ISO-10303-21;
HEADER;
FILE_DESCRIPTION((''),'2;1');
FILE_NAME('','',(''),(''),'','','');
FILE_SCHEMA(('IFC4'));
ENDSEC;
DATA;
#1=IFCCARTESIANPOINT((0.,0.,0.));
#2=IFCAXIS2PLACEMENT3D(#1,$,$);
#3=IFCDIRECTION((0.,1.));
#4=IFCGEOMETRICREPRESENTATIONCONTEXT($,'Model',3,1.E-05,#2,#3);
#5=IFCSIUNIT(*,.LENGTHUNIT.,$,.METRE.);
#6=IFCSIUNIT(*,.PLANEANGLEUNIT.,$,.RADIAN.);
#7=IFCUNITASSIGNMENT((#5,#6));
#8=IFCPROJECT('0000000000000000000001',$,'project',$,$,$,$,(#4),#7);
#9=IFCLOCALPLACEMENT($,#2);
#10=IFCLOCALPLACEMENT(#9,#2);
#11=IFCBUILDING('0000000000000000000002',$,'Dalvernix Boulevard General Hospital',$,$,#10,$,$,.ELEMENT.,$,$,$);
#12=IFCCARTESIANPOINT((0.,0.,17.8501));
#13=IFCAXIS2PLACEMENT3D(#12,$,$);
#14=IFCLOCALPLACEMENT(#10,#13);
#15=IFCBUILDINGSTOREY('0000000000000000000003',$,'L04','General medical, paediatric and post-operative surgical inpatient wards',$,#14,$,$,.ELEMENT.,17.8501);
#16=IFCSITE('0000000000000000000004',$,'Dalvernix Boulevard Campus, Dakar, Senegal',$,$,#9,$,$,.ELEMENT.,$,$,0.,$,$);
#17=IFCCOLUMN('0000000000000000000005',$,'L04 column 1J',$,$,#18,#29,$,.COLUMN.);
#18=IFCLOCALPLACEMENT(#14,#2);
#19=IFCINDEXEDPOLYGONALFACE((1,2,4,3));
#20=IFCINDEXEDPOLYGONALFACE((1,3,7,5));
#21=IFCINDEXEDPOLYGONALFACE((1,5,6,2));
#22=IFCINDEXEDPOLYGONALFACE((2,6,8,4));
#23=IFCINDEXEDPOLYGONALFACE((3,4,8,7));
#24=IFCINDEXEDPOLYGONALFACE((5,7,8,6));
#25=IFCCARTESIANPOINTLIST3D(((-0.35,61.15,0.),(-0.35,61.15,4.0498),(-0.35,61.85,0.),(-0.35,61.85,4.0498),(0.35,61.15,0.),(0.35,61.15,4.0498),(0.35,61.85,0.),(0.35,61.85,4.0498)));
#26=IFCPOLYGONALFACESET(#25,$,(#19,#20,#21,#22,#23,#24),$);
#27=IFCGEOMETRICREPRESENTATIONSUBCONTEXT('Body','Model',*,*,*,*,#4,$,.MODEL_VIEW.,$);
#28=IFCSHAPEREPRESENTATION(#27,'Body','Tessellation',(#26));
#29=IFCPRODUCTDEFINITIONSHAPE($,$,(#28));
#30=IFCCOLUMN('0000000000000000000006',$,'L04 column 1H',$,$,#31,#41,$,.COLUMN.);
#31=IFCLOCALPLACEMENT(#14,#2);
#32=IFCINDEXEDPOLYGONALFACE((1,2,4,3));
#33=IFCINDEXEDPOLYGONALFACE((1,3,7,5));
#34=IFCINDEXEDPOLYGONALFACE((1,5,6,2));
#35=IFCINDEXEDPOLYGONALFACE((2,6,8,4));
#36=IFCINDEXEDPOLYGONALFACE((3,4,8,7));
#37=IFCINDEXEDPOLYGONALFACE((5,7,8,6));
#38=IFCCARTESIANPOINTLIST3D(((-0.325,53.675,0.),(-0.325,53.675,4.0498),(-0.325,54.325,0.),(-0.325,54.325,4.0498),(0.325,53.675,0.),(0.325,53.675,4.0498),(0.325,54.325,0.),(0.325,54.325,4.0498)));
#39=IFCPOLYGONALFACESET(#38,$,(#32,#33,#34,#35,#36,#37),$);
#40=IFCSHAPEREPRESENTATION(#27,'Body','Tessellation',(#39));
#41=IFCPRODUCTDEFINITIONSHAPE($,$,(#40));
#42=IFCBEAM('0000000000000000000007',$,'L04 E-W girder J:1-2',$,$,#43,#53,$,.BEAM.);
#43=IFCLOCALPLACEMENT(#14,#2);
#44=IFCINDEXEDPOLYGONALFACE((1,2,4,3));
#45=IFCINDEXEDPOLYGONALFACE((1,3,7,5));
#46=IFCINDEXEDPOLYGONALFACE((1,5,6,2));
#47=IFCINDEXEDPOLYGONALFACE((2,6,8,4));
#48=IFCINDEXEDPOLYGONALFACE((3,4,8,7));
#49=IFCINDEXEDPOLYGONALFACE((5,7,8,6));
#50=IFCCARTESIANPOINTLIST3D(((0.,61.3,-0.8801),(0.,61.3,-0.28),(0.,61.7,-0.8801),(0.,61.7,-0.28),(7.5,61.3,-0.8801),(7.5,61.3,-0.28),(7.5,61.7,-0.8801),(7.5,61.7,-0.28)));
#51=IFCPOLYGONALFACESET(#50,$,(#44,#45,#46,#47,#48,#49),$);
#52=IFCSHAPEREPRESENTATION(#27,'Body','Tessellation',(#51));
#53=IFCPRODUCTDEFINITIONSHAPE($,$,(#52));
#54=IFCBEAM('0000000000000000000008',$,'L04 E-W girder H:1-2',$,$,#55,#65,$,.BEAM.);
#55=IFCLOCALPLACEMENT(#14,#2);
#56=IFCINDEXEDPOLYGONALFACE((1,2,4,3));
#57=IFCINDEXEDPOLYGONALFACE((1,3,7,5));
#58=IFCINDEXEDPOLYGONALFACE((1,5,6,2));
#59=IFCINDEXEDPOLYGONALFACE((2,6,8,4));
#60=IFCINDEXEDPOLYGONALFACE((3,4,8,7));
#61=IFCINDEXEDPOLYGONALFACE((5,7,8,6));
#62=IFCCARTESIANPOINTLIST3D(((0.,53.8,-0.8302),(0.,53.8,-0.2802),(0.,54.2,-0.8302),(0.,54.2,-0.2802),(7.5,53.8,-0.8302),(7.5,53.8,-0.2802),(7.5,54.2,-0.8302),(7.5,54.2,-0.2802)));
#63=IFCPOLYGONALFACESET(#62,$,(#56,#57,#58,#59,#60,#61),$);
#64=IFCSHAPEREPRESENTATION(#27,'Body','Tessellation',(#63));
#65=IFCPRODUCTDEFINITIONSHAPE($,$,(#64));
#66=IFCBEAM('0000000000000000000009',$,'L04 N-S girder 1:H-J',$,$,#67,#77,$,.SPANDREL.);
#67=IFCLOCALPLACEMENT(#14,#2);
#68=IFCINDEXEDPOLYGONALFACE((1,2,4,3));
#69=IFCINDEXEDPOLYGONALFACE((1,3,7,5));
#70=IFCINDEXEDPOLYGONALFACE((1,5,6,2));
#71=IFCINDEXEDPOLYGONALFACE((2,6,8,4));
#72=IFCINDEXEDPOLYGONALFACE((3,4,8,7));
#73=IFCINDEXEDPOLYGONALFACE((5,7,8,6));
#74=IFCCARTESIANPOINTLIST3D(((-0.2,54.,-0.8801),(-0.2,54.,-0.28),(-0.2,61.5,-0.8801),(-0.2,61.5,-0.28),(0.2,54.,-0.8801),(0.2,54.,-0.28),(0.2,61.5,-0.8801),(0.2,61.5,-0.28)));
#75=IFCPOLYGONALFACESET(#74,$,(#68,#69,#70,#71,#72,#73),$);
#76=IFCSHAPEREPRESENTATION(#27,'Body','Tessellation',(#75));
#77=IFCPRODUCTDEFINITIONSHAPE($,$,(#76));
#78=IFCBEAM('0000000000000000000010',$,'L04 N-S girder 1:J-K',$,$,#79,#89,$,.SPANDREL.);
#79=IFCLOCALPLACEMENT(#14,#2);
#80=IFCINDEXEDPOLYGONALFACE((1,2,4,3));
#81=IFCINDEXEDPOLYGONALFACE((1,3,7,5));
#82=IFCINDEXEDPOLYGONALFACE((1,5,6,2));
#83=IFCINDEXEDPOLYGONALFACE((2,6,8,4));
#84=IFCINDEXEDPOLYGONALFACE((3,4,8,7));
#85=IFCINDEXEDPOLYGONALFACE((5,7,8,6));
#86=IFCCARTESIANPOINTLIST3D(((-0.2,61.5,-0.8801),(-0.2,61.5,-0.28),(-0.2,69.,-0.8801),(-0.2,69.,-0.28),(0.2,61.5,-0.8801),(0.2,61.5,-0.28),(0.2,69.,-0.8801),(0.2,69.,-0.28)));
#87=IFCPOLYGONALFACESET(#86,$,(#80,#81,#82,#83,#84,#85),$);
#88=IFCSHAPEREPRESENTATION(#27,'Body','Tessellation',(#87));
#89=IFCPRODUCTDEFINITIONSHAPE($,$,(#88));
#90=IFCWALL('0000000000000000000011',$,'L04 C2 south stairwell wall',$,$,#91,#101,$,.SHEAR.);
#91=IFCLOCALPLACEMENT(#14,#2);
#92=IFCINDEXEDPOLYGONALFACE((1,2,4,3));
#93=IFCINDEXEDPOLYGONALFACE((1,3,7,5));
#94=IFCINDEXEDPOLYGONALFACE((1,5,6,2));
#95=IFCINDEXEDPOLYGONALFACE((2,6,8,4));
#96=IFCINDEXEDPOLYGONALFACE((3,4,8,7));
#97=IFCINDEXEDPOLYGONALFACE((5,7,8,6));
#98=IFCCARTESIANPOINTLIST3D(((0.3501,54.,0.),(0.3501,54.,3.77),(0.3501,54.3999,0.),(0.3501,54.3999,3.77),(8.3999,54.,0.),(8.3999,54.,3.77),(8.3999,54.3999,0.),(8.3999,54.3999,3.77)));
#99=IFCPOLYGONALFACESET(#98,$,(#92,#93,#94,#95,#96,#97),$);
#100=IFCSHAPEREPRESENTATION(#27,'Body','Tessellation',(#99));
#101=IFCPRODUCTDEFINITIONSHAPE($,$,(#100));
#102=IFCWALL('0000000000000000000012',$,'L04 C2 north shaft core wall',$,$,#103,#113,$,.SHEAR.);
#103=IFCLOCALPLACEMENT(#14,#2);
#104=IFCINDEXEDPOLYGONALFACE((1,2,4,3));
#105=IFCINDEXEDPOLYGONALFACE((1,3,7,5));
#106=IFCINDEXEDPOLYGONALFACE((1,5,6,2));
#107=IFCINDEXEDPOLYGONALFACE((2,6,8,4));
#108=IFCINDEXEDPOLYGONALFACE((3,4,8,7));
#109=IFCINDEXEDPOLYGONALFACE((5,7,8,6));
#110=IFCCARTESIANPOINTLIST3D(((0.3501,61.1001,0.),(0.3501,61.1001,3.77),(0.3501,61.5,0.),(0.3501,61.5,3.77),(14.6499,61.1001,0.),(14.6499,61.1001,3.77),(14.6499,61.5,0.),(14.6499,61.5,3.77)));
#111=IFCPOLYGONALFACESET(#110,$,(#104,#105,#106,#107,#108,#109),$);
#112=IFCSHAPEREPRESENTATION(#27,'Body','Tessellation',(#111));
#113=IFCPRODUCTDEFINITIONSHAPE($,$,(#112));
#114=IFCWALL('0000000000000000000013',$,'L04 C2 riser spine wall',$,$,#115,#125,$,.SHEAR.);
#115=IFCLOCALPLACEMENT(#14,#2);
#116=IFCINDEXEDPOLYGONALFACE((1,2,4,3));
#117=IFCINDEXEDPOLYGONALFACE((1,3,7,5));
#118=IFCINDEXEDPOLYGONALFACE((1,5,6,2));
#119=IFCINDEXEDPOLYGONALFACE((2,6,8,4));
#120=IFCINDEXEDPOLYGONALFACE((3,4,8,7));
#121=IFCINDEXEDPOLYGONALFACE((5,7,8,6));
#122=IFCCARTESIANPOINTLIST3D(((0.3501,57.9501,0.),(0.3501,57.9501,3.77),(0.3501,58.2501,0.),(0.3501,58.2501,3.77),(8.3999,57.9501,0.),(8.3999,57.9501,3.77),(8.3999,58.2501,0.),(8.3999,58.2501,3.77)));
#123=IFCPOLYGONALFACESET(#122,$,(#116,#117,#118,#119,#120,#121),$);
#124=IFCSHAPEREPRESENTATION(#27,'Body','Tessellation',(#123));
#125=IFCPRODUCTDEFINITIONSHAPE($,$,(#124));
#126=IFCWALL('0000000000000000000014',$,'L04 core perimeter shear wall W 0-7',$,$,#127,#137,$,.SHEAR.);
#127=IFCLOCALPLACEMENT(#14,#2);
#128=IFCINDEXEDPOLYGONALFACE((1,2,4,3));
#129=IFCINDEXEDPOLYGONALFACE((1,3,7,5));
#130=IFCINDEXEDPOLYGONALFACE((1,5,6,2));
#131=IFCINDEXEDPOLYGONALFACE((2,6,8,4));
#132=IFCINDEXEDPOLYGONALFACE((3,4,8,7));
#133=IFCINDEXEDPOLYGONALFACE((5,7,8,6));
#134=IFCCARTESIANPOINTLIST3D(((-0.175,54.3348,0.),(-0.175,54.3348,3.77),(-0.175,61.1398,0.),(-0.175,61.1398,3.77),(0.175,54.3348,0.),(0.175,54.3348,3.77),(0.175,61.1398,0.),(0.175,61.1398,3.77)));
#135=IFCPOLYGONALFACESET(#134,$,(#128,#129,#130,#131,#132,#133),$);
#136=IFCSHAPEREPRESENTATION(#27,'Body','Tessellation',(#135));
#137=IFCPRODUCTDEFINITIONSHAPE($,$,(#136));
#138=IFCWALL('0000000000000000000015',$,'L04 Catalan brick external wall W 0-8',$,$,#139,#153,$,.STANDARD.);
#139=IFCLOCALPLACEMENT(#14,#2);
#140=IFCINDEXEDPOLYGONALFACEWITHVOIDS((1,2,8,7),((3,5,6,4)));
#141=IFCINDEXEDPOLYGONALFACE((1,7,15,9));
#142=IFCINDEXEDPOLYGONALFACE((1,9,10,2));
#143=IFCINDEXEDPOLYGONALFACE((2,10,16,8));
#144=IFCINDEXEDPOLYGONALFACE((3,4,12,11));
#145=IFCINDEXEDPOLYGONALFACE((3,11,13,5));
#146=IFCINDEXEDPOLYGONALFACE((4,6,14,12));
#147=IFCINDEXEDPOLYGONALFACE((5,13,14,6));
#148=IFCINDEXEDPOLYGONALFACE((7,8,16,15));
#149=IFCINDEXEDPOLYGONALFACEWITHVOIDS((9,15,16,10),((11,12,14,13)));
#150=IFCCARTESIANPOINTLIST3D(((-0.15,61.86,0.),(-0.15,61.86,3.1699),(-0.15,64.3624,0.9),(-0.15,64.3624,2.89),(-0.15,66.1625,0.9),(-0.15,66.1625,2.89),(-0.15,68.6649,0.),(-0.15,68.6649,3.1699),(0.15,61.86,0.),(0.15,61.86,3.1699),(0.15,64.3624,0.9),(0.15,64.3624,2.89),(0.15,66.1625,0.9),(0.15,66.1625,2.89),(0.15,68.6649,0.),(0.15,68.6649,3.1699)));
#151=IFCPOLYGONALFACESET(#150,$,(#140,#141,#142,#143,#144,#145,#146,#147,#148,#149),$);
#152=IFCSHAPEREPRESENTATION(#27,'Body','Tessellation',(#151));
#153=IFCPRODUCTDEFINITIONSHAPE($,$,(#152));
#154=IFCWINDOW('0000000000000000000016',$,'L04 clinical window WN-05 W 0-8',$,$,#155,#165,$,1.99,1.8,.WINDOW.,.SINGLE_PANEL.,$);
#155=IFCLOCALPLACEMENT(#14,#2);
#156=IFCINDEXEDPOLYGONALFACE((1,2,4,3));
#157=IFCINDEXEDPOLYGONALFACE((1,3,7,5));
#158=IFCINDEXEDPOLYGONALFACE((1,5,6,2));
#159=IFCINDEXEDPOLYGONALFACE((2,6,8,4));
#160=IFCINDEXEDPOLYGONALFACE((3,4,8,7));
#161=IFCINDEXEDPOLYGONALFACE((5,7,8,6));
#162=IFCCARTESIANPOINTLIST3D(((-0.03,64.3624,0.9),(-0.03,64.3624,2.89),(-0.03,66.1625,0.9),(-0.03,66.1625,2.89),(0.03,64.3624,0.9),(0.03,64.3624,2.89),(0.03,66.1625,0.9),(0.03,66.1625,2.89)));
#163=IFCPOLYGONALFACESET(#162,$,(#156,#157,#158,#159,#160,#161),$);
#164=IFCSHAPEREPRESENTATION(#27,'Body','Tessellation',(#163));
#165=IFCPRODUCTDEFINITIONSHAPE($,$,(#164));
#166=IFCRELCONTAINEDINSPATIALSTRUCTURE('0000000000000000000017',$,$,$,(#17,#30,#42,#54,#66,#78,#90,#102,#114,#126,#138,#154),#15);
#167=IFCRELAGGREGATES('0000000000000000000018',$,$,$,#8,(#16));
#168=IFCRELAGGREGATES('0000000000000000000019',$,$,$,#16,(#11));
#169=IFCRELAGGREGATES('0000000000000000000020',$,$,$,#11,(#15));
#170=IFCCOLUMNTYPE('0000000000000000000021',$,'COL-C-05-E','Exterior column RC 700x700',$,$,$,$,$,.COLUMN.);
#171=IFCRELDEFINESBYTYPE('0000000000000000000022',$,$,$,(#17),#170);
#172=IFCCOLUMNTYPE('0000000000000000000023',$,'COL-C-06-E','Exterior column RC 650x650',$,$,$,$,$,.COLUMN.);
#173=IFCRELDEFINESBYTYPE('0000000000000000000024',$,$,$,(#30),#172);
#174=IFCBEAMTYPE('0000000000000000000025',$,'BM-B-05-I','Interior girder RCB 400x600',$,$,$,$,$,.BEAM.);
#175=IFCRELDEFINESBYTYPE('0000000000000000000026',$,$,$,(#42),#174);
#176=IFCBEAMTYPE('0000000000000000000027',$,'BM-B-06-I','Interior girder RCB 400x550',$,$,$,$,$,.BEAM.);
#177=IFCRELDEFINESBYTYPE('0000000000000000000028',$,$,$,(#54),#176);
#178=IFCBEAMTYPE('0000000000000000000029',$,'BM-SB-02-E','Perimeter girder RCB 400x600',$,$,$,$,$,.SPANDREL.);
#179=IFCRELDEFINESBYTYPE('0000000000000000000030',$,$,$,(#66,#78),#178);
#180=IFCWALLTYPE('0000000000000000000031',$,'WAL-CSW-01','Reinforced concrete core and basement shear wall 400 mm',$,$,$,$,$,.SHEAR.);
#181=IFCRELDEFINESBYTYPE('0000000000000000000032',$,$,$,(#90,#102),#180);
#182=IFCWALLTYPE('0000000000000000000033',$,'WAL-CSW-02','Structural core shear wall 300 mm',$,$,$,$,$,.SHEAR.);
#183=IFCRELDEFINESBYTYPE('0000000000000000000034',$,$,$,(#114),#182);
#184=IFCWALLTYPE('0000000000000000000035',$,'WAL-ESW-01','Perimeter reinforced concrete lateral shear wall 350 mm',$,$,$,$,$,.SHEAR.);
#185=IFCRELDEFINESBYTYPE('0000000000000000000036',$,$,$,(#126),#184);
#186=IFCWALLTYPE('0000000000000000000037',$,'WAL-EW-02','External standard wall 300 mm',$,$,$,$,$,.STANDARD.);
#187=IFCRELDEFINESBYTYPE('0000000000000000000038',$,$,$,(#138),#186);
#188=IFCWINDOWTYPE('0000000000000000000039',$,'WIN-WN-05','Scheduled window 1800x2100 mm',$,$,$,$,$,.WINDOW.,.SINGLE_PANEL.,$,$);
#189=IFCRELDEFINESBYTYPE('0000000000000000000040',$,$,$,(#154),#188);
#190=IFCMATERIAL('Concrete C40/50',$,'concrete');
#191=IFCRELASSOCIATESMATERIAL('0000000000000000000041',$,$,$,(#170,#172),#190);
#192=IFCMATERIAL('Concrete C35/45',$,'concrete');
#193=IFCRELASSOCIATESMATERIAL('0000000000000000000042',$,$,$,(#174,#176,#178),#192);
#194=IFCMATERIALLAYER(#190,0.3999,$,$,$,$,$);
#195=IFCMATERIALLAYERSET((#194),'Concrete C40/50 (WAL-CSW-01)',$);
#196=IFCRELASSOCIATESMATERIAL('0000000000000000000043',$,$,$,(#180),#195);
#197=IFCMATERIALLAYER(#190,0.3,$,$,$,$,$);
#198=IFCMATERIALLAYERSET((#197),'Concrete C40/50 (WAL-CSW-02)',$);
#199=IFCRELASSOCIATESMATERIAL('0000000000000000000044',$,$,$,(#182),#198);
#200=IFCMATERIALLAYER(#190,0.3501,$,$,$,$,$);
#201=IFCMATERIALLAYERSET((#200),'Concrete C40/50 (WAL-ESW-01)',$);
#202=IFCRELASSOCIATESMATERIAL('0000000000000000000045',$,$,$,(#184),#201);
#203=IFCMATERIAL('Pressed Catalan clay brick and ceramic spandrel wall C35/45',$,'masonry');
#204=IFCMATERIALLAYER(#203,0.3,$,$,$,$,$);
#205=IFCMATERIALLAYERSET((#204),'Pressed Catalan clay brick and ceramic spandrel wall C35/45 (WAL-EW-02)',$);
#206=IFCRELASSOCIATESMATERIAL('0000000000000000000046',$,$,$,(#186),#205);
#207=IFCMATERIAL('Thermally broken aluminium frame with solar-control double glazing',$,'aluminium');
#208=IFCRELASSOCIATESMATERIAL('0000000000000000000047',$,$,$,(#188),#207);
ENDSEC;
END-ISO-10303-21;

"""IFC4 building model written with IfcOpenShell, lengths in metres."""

from ifc_helpers import new_model, si_unit, direction, frame, frame_2d, origin, origin_2d, place, context, subcontext, project, spatial, rectangle, extrude, material, layer, layer_set, material_profile, profile_set, type_object, element, fill, save


model = new_model("IFC4")

# Units and contexts
model_context = context("Model", 3, precision=1e-05, world=origin(), true_north=direction((0.0, 1.0)))
body_context = subcontext(model_context, "Body", "Model", "MODEL_VIEW")
ifc_project = project(units=[si_unit("LENGTHUNIT", "METRE"), si_unit("PLANEANGLEUNIT", "RADIAN")], contexts=[model_context])

# Site, building, storey
site_placement = place(None, origin())
site = spatial("IfcSite", under=ifc_project, at=site_placement, Name="Dalvernix Boulevard Campus, Dakar, Senegal", CompositionType="ELEMENT", RefElevation=0.0)
building_placement = place(site_placement, origin())
building = spatial("IfcBuilding", under=site, at=building_placement, Name="Dalvernix Boulevard General Hospital", CompositionType="ELEMENT")
storey_placement = place(building_placement, frame((0.0, 0.0, 17.8501)))
storey = spatial("IfcBuildingStorey", under=building, at=storey_placement, Name="L04", Description="General medical, paediatric and post-operative surgical inpatient wards", CompositionType="ELEMENT", Elevation=17.8501)

# Columns
ifc_material_1 = material(Name="Concrete C40/50", Category="concrete")
ifc_material_profile_1 = material_profile(ifc_material_1, rectangle(XDim=0.7, YDim=0.7, at=origin_2d()), Name="RC 700x700")
ifc_profile_set_1 = profile_set([ifc_material_profile_1], Name="Concrete C40/50")
column_type_1 = type_object("IfcColumnType", Name="COL-C-05-E", Description="Exterior column RC 700x700", PredefinedType="COLUMN", material=ifc_profile_set_1)
column_1_placement = place(storey_placement, frame((0.0, 61.5, 0.0), z_axis=(0.0, 0.0, 1.0), x_axis=(1.0, 0.0, 0.0)))
element("IfcColumn", 1, at=column_1_placement, inside=storey, type_object=column_type_1, Name="L04 column 1J", PredefinedType="COLUMN", context=body_context, shape_type="SweptSolid", body=[
    extrude(rectangle(XDim=0.7, YDim=0.7, at=origin_2d()), origin(), (0.0, 0.0, 1.0), 4.0498),
])
ifc_material_profile_2 = material_profile(ifc_material_1, rectangle(XDim=0.6499, YDim=0.6499, at=origin_2d()), Name="RC 650x650")
ifc_profile_set_2 = profile_set([ifc_material_profile_2], Name="Concrete C40/50")
column_type_2 = type_object("IfcColumnType", Name="COL-C-06-E", Description="Exterior column RC 650x650", PredefinedType="COLUMN", material=ifc_profile_set_2)
column_2_placement = place(storey_placement, frame((0.0, 54.0, 0.0), z_axis=(0.0, 0.0, 1.0), x_axis=(1.0, 0.0, 0.0)))
element("IfcColumn", 2, at=column_2_placement, inside=storey, type_object=column_type_2, Name="L04 column 1H", PredefinedType="COLUMN", context=body_context, shape_type="SweptSolid", body=[
    extrude(rectangle(XDim=0.6499, YDim=0.6499, at=origin_2d()), origin(), (0.0, 0.0, 1.0), 4.0498),
])

# Beams
ifc_material_2 = material(Name="Concrete C35/45", Category="concrete")
ifc_material_profile_3 = material_profile(ifc_material_2, rectangle(XDim=0.3999, YDim=0.6001, at=origin_2d()), Name="RCB 400x600")
ifc_profile_set_3 = profile_set([ifc_material_profile_3], Name="Concrete C35/45")
beam_type_1 = type_object("IfcBeamType", Name="BM-B-05-I", Description="Interior girder RCB 400x600", PredefinedType="BEAM", material=ifc_profile_set_3)
beam_1_placement = place(storey_placement, frame((0.0, 61.5, -0.5801), z_axis=(1.0, 0.0, 0.0), x_axis=(0.0, 1.0, 0.0)))
element("IfcBeam", 3, at=beam_1_placement, inside=storey, type_object=beam_type_1, Name="L04 E-W girder J:1-2", PredefinedType="BEAM", context=body_context, shape_type="SweptSolid", body=[
    extrude(rectangle(XDim=0.3999, YDim=0.6001, at=origin_2d()), origin(), (0.0, 0.0, 1.0), 7.5),
])
ifc_material_profile_4 = material_profile(ifc_material_2, rectangle(XDim=0.3999, YDim=0.55, at=origin_2d()), Name="RCB 400x550")
ifc_profile_set_4 = profile_set([ifc_material_profile_4], Name="Concrete C35/45")
beam_type_2 = type_object("IfcBeamType", Name="BM-B-06-I", Description="Interior girder RCB 400x550", PredefinedType="BEAM", material=ifc_profile_set_4)
beam_2_placement = place(storey_placement, frame((0.0, 54.0, -0.5552), z_axis=(1.0, 0.0, 0.0), x_axis=(0.0, 1.0, 0.0)))
element("IfcBeam", 4, at=beam_2_placement, inside=storey, type_object=beam_type_2, Name="L04 E-W girder H:1-2", PredefinedType="BEAM", context=body_context, shape_type="SweptSolid", body=[
    extrude(rectangle(XDim=0.3999, YDim=0.55, at=origin_2d()), origin(), (0.0, 0.0, 1.0), 7.5),
])
ifc_material_profile_5 = material_profile(ifc_material_2, rectangle(XDim=0.3999, YDim=0.6001, at=origin_2d()), Name="RCB 400x600")
ifc_profile_set_5 = profile_set([ifc_material_profile_5], Name="Concrete C35/45")
beam_type_3 = type_object("IfcBeamType", Name="BM-SB-02-E", Description="Perimeter girder RCB 400x600", PredefinedType="SPANDREL", material=ifc_profile_set_5)
for number, where, z_axis, x_axis, name in (
    (5, (0.0, 54.0, -0.5801), (0.0, 1.0, 0.0), (-1.0, 0.0, 0.0), "L04 N-S girder 1:H-J"),
    (6, (0.0, 61.5, -0.5801), (0.0, 1.0, 0.0), (-1.0, 0.0, 0.0), "L04 N-S girder 1:J-K"),
):
    element("IfcBeam", number, at=place(storey_placement, frame(where, z_axis=z_axis, x_axis=x_axis)), inside=storey, type_object=beam_type_3, Name=name, PredefinedType="SPANDREL", context=body_context, shape_type="SweptSolid", body=[
        extrude(rectangle(XDim=0.3999, YDim=0.6001, at=origin_2d()), origin(), (0.0, 0.0, 1.0), 7.5),
    ])

# Walls
ifc_layer_1 = layer(ifc_material_1, 0.3999)
ifc_layer_set_1 = layer_set([ifc_layer_1], Name="Concrete C40/50 (WAL-CSW-01)")
wall_type_1 = type_object("IfcWallType", Name="WAL-CSW-01", Description="Reinforced concrete core and basement shear wall 400 mm", PredefinedType="SHEAR", material=ifc_layer_set_1)
wall_1_placement = place(storey_placement, frame((0.3501, 54.2, 0.0), z_axis=(0.0, 0.0, 1.0), x_axis=(1.0, 0.0, 0.0)))
element("IfcWall", 7, at=wall_1_placement, inside=storey, type_object=wall_type_1, Name="L04 C2 south stairwell wall", PredefinedType="SHEAR", context=body_context, shape_type="SweptSolid", body=[
    extrude(rectangle(XDim=8.0498, YDim=0.3999, at=frame_2d((4.0249, 0.0))), origin(), (0.0, 0.0, 1.0), 3.77),
])
wall_2_placement = place(storey_placement, frame((0.3501, 61.3, 0.0), z_axis=(0.0, 0.0, 1.0), x_axis=(1.0, 0.0, 0.0)))
element("IfcWall", 8, at=wall_2_placement, inside=storey, type_object=wall_type_1, Name="L04 C2 north shaft core wall", PredefinedType="SHEAR", context=body_context, shape_type="SweptSolid", body=[
    extrude(rectangle(XDim=14.2998, YDim=0.3999, at=frame_2d((7.1499, 0.0))), origin(), (0.0, 0.0, 1.0), 3.77),
])
ifc_layer_2 = layer(ifc_material_1, 0.3)
ifc_layer_set_2 = layer_set([ifc_layer_2], Name="Concrete C40/50 (WAL-CSW-02)")
wall_type_2 = type_object("IfcWallType", Name="WAL-CSW-02", Description="Structural core shear wall 300 mm", PredefinedType="SHEAR", material=ifc_layer_set_2)
wall_3_placement = place(storey_placement, frame((0.3501, 58.1001, 0.0), z_axis=(0.0, 0.0, 1.0), x_axis=(1.0, 0.0, 0.0)))
element("IfcWall", 9, at=wall_3_placement, inside=storey, type_object=wall_type_2, Name="L04 C2 riser spine wall", PredefinedType="SHEAR", context=body_context, shape_type="SweptSolid", body=[
    extrude(rectangle(XDim=8.0498, YDim=0.3, at=frame_2d((4.0249, 0.0))), origin(), (0.0, 0.0, 1.0), 3.77),
])
ifc_layer_3 = layer(ifc_material_1, 0.3501)
ifc_layer_set_3 = layer_set([ifc_layer_3], Name="Concrete C40/50 (WAL-ESW-01)")
wall_type_3 = type_object("IfcWallType", Name="WAL-ESW-01", Description="Perimeter reinforced concrete lateral shear wall 350 mm", PredefinedType="SHEAR", material=ifc_layer_set_3)
wall_4_placement = place(storey_placement, frame((0.0, 54.335, 0.0), z_axis=(0.0, 0.0, 1.0), x_axis=(0.0, 1.0, 0.0)))
element("IfcWall", 10, at=wall_4_placement, inside=storey, type_object=wall_type_3, Name="L04 core perimeter shear wall W 0-7", PredefinedType="SHEAR", context=body_context, shape_type="SweptSolid", body=[
    extrude(rectangle(XDim=6.8049, YDim=0.3501, at=frame_2d((3.4023, 0.0))), origin(), (0.0, 0.0, 1.0), 3.77),
])

# Wall, opening, window
ifc_material_3 = material(Name="Pressed Catalan clay brick and ceramic spandrel wall C35/45", Category="masonry")
ifc_layer_4 = layer(ifc_material_3, 0.3)
ifc_layer_set_4 = layer_set([ifc_layer_4], Name="Pressed Catalan clay brick and ceramic spandrel wall C35/45 (WAL-EW-02)")
wall_type_4 = type_object("IfcWallType", Name="WAL-EW-02", Description="External standard wall 300 mm", PredefinedType="STANDARD", material=ifc_layer_set_4)
wall_5_placement = place(storey_placement, frame((0.0, 61.8601, 0.0), z_axis=(0.0, 0.0, 1.0), x_axis=(0.0, 1.0, 0.0)))
wall_5 = element("IfcWall", 11, at=wall_5_placement, inside=storey, type_object=wall_type_4, Name="L04 Catalan brick external wall W 0-8", PredefinedType="STANDARD", context=body_context, shape_type="SweptSolid", body=[
    extrude(rectangle(XDim=6.8049, YDim=0.3, at=frame_2d((3.4023, 0.0))), origin(), (0.0, 0.0, 1.0), 3.1699),
])
opening_placement = place(wall_5_placement, frame((2.5024, 0.0, 0.8999)))
opening = element("IfcOpeningElement", 12, at=opening_placement, cuts=wall_5, PredefinedType="OPENING", context=body_context, shape_type="SweptSolid", body=[
    extrude(rectangle(XDim=1.8, YDim=1.99, at=frame_2d((0.8999, 0.9951))), frame((0.0, 0.1599, 0.0), z_axis=(0.0, -1.0, 0.0), x_axis=(1.0, 0.0, 0.0)), (0.0, 0.0, 1.0), 0.3201),
])
ifc_material_4 = material(Name="Thermally broken aluminium frame with solar-control double glazing", Category="aluminium")
window_type = type_object("IfcWindowType", Name="WIN-WN-05", Description="Scheduled window 1800x2100 mm", PartitioningType="SINGLE_PANEL", PredefinedType="WINDOW", material=ifc_material_4)
window_placement = place(opening_placement, origin())
window = element("IfcWindow", 13, at=window_placement, inside=storey, type_object=window_type, Name="L04 clinical window WN-05 W 0-8", OverallHeight=1.99, OverallWidth=1.8, PartitioningType="SINGLE_PANEL", PredefinedType="WINDOW", context=body_context, shape_type="SweptSolid", body=[
    extrude(rectangle(XDim=1.8, YDim=1.99, at=frame_2d((0.8999, 0.9951))), frame((0.0, 0.03, 0.0), z_axis=(0.0, -1.0, 0.0), x_axis=(1.0, 0.0, 0.0)), (0.0, 0.0, 1.0), 0.0601),
])
fill(opening, window)

save(model, "model.ifc")
